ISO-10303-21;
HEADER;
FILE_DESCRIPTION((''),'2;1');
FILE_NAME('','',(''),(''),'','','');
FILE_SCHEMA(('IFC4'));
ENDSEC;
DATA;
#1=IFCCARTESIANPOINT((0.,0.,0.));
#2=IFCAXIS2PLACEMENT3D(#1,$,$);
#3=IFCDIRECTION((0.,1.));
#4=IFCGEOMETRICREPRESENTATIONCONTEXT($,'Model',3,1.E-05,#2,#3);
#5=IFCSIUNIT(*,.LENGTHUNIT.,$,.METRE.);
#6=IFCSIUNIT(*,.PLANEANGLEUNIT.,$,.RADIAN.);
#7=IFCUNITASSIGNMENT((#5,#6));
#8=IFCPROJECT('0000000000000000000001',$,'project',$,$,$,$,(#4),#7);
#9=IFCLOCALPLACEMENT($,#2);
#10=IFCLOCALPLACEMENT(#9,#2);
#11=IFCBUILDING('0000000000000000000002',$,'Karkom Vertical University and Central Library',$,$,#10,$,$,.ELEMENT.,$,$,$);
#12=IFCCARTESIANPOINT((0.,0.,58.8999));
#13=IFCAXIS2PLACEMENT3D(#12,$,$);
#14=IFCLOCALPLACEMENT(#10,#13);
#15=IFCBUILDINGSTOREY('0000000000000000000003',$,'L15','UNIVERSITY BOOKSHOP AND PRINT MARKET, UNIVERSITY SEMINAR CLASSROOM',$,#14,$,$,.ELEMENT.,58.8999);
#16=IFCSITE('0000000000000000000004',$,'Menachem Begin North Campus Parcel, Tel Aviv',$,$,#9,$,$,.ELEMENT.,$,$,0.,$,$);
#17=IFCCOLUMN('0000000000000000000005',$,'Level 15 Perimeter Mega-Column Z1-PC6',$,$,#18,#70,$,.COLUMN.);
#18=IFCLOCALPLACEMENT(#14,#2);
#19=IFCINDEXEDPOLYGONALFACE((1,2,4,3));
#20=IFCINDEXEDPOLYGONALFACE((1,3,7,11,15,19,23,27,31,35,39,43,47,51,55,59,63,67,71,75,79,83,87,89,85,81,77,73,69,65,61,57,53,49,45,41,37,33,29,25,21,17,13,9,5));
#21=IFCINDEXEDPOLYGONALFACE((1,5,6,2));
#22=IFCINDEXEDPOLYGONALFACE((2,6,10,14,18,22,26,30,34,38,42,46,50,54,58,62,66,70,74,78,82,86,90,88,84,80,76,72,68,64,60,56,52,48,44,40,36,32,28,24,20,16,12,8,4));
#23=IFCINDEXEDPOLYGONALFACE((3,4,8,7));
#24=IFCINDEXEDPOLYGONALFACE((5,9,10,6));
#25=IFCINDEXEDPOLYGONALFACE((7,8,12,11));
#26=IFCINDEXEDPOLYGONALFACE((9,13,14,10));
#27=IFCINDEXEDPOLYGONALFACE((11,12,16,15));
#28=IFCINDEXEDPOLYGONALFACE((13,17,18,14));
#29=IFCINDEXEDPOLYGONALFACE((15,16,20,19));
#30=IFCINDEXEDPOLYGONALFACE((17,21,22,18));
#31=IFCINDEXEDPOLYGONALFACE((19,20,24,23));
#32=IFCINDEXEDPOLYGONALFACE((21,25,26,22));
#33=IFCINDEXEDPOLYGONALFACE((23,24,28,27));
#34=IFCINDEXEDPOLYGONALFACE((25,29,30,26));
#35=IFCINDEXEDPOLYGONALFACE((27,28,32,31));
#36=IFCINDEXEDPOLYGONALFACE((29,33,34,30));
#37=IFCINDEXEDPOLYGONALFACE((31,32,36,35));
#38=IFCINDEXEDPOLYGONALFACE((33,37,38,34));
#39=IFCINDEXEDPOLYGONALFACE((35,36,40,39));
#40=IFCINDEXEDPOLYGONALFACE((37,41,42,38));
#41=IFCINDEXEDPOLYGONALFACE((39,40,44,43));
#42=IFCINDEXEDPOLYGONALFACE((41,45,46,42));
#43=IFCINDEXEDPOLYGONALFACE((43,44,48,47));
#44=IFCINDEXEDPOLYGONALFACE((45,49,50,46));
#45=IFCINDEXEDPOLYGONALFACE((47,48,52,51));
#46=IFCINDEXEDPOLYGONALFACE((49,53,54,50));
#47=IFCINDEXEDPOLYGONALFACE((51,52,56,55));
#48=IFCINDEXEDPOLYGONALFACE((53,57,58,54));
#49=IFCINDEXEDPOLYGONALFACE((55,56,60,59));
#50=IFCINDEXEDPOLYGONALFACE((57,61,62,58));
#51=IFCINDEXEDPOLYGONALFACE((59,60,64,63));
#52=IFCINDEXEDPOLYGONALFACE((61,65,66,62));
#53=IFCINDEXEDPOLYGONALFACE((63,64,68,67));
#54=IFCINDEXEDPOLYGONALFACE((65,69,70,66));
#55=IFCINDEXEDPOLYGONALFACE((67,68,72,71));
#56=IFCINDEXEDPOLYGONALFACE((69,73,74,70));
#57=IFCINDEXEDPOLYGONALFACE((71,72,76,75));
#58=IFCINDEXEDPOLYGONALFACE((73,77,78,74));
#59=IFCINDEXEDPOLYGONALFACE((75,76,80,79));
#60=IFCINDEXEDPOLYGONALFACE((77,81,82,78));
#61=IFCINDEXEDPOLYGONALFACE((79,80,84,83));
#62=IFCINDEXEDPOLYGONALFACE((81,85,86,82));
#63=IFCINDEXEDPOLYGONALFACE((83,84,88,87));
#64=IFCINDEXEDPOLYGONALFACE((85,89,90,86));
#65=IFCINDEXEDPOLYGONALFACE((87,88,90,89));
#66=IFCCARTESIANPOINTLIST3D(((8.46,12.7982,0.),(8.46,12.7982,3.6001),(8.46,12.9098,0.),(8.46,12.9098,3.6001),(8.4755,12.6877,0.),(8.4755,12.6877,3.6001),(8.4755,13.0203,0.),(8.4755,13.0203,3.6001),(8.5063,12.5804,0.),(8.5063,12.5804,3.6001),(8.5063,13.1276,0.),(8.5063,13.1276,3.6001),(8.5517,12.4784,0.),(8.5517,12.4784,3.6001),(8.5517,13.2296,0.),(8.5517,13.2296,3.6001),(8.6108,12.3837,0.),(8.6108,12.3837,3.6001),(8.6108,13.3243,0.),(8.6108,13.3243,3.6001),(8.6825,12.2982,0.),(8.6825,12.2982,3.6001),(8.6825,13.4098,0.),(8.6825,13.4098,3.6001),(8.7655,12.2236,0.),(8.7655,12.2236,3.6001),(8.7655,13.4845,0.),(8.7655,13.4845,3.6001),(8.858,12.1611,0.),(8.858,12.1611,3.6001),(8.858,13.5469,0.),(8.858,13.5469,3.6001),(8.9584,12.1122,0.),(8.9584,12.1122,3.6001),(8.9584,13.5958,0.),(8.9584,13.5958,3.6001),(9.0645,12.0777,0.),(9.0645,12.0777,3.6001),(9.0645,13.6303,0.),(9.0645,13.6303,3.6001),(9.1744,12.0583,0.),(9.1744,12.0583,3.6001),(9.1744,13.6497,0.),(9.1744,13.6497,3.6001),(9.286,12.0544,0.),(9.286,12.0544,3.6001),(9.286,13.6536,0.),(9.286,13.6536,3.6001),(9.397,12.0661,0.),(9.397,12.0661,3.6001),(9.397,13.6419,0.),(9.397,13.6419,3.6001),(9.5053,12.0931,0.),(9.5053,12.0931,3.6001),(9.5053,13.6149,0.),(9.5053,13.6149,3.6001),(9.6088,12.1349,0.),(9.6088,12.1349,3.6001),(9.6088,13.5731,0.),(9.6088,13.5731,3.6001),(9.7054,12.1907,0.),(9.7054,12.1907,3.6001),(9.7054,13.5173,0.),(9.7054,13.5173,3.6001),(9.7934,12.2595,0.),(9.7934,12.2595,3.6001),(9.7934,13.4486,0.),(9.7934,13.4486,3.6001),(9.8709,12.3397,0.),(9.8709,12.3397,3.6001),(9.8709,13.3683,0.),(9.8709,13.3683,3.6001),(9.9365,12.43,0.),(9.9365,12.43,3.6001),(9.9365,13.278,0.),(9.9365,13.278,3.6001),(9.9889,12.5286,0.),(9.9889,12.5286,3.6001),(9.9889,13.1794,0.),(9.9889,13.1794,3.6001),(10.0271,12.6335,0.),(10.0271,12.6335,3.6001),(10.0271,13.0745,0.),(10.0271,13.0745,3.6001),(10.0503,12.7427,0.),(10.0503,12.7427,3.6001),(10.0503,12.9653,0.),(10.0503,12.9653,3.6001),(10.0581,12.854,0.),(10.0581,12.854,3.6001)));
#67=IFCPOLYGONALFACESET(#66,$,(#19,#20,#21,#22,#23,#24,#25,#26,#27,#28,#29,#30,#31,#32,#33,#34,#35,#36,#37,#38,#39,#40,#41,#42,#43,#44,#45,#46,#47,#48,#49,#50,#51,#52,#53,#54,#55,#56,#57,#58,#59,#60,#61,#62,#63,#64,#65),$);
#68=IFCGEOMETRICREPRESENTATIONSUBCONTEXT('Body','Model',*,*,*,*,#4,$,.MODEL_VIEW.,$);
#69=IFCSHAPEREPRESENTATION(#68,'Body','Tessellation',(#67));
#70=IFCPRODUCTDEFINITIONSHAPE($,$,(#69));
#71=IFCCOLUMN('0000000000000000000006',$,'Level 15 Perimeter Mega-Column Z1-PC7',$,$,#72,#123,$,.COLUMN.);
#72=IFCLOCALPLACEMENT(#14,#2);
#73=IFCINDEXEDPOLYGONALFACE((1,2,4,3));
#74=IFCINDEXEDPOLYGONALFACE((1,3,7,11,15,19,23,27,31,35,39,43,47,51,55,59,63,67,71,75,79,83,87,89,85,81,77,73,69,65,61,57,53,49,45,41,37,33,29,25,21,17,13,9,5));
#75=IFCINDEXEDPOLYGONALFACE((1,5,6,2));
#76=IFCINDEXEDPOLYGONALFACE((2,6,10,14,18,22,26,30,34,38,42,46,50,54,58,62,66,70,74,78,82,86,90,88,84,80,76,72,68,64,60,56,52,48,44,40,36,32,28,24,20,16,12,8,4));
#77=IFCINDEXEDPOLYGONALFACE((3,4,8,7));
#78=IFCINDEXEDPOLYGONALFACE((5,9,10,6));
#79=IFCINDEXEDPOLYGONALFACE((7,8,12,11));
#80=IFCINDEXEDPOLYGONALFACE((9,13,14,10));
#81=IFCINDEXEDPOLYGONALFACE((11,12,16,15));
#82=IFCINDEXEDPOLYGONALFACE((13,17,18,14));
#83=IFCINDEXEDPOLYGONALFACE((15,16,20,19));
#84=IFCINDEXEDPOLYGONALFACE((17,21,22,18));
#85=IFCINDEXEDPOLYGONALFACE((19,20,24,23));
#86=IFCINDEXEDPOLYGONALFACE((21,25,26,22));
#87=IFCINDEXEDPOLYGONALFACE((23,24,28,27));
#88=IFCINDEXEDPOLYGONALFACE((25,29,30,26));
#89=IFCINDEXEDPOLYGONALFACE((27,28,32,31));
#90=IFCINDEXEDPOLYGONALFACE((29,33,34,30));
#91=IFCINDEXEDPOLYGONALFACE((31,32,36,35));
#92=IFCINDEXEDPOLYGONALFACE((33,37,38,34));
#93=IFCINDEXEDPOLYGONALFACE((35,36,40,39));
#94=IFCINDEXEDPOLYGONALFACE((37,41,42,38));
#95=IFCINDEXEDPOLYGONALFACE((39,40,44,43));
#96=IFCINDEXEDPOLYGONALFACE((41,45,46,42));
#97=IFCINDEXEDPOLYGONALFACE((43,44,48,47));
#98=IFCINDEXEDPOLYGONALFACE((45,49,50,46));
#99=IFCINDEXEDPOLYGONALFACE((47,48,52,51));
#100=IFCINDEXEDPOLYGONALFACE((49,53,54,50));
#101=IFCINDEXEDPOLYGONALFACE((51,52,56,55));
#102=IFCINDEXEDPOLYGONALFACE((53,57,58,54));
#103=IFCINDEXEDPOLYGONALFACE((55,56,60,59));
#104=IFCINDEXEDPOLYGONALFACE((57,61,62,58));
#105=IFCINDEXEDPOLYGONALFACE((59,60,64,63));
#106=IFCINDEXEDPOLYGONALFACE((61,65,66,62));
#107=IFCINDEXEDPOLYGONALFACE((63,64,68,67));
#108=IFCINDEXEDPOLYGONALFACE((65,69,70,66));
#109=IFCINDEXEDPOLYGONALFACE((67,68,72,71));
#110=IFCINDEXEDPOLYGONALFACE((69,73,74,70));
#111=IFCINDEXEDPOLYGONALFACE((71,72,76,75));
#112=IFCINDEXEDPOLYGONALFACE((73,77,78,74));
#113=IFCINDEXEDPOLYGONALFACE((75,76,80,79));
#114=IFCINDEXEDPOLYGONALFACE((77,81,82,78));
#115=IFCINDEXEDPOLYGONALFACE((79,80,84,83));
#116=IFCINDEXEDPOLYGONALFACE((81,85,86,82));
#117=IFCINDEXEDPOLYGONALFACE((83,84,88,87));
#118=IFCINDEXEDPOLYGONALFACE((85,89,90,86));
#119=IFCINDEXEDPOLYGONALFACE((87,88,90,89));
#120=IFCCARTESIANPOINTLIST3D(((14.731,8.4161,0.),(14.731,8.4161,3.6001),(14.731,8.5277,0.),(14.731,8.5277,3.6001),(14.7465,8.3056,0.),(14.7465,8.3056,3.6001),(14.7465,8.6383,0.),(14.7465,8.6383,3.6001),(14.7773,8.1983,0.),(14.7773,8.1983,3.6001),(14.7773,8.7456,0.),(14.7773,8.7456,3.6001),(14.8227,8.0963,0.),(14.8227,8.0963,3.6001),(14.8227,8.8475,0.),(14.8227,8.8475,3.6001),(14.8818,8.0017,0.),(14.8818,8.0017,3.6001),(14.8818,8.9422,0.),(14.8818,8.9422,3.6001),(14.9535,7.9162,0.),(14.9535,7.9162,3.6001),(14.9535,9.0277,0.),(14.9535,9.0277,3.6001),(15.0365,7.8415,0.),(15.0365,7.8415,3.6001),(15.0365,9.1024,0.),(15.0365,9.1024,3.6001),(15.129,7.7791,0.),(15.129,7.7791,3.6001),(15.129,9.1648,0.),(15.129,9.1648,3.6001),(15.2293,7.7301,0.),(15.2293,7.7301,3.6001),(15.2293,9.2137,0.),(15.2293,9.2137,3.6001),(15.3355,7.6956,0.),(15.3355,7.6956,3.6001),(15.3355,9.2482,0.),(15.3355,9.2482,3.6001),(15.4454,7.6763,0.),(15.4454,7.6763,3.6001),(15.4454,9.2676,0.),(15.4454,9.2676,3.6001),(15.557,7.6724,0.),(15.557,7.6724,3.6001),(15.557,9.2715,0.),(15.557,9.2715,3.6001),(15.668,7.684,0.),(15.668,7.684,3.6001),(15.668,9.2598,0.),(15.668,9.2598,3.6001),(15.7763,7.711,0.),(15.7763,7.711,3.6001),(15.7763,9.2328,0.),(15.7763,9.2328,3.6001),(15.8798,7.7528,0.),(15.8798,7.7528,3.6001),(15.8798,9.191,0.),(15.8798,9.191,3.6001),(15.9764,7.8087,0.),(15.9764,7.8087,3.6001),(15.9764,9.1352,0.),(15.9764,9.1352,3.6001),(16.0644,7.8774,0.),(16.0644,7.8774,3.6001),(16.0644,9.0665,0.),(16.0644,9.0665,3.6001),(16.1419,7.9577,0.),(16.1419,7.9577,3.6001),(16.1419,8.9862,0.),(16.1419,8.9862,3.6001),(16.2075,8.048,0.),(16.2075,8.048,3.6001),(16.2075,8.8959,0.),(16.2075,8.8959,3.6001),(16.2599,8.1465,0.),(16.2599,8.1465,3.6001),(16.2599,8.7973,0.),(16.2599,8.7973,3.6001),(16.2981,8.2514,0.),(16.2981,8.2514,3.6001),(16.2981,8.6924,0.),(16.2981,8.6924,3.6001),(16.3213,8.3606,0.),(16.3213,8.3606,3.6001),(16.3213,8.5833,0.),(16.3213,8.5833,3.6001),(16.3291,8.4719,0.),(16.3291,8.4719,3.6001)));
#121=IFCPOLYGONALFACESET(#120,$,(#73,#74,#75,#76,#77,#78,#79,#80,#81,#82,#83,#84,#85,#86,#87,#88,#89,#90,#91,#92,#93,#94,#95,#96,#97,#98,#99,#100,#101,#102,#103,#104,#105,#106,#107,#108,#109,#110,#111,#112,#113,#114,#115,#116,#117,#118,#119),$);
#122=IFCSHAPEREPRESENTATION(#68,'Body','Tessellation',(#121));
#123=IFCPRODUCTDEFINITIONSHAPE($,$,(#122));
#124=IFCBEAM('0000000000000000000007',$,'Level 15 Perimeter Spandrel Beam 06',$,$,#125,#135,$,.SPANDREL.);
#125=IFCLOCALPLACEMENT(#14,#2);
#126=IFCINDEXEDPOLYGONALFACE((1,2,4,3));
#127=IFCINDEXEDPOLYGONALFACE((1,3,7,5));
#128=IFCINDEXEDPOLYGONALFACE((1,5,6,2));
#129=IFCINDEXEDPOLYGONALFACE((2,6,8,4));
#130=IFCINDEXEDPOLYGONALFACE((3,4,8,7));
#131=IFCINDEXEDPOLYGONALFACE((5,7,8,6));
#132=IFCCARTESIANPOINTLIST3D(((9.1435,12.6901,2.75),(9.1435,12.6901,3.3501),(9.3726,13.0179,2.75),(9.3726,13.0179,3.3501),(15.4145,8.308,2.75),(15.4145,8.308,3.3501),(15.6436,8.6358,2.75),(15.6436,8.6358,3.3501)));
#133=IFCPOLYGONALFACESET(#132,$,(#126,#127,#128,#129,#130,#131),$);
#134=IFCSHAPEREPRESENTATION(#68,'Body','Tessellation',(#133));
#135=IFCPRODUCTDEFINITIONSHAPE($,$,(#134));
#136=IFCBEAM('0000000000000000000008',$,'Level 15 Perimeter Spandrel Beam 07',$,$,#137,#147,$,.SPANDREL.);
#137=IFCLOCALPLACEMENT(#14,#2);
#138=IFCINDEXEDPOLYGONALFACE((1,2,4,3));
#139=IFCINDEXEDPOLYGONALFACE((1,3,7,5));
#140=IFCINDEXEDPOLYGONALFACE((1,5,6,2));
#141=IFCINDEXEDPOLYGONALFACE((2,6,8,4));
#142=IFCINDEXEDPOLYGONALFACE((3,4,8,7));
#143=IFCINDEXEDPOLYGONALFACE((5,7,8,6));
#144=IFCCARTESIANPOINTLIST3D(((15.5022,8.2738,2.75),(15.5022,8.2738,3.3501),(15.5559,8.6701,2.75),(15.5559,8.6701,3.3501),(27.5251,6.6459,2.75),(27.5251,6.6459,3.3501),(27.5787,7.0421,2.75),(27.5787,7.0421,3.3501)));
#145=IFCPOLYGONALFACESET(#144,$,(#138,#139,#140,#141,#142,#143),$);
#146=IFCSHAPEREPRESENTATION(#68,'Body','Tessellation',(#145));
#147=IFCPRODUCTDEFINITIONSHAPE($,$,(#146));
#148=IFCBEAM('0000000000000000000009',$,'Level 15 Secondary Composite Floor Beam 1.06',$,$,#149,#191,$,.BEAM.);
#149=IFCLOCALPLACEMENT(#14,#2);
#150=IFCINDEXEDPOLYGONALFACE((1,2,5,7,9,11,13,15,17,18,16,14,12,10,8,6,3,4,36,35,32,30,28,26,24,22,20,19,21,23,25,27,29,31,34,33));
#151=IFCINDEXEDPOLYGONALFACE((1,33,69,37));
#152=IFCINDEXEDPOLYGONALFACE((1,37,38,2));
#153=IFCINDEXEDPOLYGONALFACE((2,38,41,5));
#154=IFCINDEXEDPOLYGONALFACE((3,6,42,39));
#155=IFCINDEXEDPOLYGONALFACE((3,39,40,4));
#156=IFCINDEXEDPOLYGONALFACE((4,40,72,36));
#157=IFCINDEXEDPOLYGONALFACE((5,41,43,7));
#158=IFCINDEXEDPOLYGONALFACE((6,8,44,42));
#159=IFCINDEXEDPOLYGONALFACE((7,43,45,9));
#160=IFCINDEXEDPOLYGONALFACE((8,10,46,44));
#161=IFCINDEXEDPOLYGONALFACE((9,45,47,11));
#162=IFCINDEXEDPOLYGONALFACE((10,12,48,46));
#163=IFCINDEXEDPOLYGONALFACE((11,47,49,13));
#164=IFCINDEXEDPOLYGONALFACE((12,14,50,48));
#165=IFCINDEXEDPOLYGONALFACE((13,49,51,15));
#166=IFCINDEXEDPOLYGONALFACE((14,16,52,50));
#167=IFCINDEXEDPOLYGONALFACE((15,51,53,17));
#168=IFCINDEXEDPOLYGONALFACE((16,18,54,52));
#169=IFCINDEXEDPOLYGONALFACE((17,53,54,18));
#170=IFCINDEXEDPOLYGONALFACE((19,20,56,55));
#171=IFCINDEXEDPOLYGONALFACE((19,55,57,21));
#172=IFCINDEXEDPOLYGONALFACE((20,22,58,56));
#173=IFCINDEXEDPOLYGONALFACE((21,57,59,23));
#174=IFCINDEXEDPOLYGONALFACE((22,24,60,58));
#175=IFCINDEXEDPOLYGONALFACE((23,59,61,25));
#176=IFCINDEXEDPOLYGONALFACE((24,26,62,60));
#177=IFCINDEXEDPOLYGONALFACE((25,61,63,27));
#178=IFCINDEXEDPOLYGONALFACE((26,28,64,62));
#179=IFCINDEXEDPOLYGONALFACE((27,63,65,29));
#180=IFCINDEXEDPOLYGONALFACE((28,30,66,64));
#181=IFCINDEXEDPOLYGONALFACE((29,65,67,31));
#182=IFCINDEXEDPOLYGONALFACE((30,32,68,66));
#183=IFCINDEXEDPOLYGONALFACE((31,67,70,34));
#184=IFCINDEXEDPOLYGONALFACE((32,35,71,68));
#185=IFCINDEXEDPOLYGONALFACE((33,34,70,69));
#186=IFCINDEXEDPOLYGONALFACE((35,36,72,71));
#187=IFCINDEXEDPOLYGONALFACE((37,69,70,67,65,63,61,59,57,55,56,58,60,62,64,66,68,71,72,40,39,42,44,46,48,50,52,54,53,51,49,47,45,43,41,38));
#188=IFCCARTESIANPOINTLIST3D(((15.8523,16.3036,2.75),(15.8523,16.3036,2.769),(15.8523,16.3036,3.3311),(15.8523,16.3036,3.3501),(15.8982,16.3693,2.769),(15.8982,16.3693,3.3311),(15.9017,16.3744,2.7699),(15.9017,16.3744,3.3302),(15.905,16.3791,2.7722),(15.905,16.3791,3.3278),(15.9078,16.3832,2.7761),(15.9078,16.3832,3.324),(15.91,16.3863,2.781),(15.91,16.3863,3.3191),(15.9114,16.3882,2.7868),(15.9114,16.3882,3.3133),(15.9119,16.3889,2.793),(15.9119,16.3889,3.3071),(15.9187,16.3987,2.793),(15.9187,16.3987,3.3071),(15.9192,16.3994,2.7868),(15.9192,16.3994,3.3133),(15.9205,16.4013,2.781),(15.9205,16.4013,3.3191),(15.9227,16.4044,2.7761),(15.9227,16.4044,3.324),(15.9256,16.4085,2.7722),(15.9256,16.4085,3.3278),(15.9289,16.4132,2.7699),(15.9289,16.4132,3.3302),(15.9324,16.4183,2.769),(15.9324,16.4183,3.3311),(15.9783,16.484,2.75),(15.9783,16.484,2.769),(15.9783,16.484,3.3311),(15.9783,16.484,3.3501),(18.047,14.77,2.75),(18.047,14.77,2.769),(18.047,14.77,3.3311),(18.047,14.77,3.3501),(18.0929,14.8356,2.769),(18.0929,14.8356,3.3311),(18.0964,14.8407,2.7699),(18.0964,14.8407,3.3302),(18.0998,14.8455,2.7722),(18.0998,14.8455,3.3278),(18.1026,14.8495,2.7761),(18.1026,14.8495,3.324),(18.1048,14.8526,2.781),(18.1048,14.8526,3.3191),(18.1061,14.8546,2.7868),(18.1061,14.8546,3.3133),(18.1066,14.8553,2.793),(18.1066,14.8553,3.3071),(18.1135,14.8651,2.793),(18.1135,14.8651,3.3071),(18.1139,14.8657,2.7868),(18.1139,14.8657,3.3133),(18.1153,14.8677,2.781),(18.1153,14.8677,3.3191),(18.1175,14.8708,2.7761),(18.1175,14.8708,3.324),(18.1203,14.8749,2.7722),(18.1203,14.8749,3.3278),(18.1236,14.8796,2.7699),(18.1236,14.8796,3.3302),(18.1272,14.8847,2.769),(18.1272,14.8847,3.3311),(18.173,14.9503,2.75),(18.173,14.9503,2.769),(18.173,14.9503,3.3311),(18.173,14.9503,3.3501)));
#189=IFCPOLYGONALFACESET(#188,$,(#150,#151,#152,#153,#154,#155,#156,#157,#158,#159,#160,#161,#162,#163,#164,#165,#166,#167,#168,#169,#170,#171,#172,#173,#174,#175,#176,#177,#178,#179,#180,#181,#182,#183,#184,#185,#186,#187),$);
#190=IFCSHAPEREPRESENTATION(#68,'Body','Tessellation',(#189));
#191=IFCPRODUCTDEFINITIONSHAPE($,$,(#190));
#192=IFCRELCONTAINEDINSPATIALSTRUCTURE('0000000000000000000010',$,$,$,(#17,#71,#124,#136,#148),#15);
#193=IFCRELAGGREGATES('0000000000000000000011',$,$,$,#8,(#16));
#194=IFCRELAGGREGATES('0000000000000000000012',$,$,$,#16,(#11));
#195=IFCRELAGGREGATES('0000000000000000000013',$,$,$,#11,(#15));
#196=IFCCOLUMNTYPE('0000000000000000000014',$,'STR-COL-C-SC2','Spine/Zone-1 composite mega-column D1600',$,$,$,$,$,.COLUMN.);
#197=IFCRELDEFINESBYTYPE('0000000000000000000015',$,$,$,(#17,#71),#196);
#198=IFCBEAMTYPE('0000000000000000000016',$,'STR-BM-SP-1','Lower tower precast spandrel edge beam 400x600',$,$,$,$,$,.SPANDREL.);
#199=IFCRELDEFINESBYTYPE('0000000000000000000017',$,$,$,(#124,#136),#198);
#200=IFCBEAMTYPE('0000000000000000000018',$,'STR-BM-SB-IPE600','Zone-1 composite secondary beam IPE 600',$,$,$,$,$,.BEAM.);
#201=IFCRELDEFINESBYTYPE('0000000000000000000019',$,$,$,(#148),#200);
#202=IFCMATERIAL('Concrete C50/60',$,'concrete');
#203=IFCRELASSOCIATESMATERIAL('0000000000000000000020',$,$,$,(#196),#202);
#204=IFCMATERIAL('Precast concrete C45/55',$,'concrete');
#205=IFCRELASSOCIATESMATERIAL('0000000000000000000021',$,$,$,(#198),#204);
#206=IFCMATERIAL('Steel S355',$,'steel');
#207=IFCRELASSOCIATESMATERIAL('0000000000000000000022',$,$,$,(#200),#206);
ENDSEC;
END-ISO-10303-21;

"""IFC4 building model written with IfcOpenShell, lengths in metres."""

from ifc_helpers import new_model, si_unit, direction, frame, origin, origin_with_axes, origin_2d, place, context, subcontext, project, spatial, rectangle, circle, i_section, extrude, source, transform, mapped, material, material_profile, profile_set, type_object, element, save


model = new_model("IFC4")

# Units and contexts
model_context = context("Model", 3, precision=1e-05, world=origin(), true_north=direction((0.0, 1.0)))
body_context = subcontext(model_context, "Body", "Model", "MODEL_VIEW")
ifc_project = project(units=[si_unit("LENGTHUNIT", "METRE"), si_unit("PLANEANGLEUNIT", "RADIAN")], contexts=[model_context])

# Site, building, storey
site_placement = place(None, origin())
site = spatial("IfcSite", under=ifc_project, at=site_placement, Name="Menachem Begin North Campus Parcel, Tel Aviv", CompositionType="ELEMENT", RefElevation=0.0)
building_placement = place(site_placement, origin())
building = spatial("IfcBuilding", under=site, at=building_placement, Name="Karkom Vertical University and Central Library", CompositionType="ELEMENT")
storey_placement = place(building_placement, frame((0.0, 0.0, 58.8999)))
storey = spatial("IfcBuildingStorey", under=building, at=storey_placement, Name="L15", Description="UNIVERSITY BOOKSHOP AND PRINT MARKET, UNIVERSITY SEMINAR CLASSROOM", CompositionType="ELEMENT", Elevation=58.8999)

# Columns
ifc_material_1 = material(Name="Concrete C50/60", Category="concrete")
ifc_material_profile_1 = material_profile(ifc_material_1, circle(Radius=0.8, at=origin_2d()), Name="CFT-D1600")
ifc_profile_set_1 = profile_set([ifc_material_profile_1], Name="Concrete C50/60")
column_type = type_object("IfcColumnType", Name="STR-COL-C-SC2", Description="Spine/Zone-1 composite mega-column D1600", PredefinedType="COLUMN", material=ifc_profile_set_1)
shared_shape_1 = source(origin_with_axes(), body_context, "Body", "SweptSolid", [
    extrude(circle(Radius=0.8, at=origin_2d()), origin(), (0.0, 0.0, 1.0), 3.6001),
])
for number, where, z_axis, x_axis, name in (
    (1, (9.2581, 12.854, 0.0), (0.0, 0.0, 1.0), (1.0, 0.0, 0.0), "Level 15 Perimeter Mega-Column Z1-PC6"),
    (2, (15.5291, 8.4719, 0.0), (0.0, 0.0, 1.0), (1.0, 0.0, 0.0), "Level 15 Perimeter Mega-Column Z1-PC7"),
):
    element("IfcColumn", number, at=place(storey_placement, frame(where, z_axis=z_axis, x_axis=x_axis)), inside=storey, type_object=column_type, Name=name, PredefinedType="COLUMN", context=body_context, shape_type="MappedRepresentation", body=[
        mapped(shared_shape_1, transform((0.0, 0.0, 0.0), scale=1.0)),
    ])

# Beams
ifc_material_2 = material(Name="Precast concrete C45/55", Category="concrete")
ifc_material_profile_2 = material_profile(ifc_material_2, rectangle(XDim=0.3999, YDim=0.6001, at=origin_2d()), Name="SPB-400x600")
ifc_profile_set_2 = profile_set([ifc_material_profile_2], Name="Precast concrete C45/55")
beam_type_1 = type_object("IfcBeamType", Name="STR-BM-SP-1", Description="Lower tower precast spandrel edge beam 400x600", PredefinedType="SPANDREL", material=ifc_profile_set_2)
shared_shape_2 = source(origin_with_axes(), body_context, "Body", "SweptSolid", [
    extrude(rectangle(XDim=0.3999, YDim=0.6001, at=origin_2d()), origin(), (0.0, 0.0, 1.0), 7.6504),
])
beam_1_placement = place(storey_placement, frame((9.2581, 12.854, 3.05), z_axis=(0.819699, -0.572794, 0.0), x_axis=(0.572794, 0.819699, 0.0)))
element("IfcBeam", 3, at=beam_1_placement, inside=storey, type_object=beam_type_1, Name="Level 15 Perimeter Spandrel Beam 06", PredefinedType="SPANDREL", context=body_context, shape_type="MappedRepresentation", body=[
    mapped(shared_shape_2, transform((0.0, 0.0, 0.0), scale=1.0)),
])
shared_shape_3 = source(origin_with_axes(), body_context, "Body", "SweptSolid", [
    extrude(rectangle(XDim=0.3999, YDim=0.6001, at=origin_2d()), origin(), (0.0, 0.0, 1.0), 12.1326),
])
beam_2_placement = place(storey_placement, frame((15.5291, 8.4719, 3.05), z_axis=(0.990957, -0.134177, 0.0), x_axis=(0.134177, 0.990957, 0.0)))
element("IfcBeam", 4, at=beam_2_placement, inside=storey, type_object=beam_type_1, Name="Level 15 Perimeter Spandrel Beam 07", PredefinedType="SPANDREL", context=body_context, shape_type="MappedRepresentation", body=[
    mapped(shared_shape_3, transform((0.0, 0.0, 0.0), scale=1.0)),
])
ifc_material_3 = material(Name="Steel S355", Category="steel")
ifc_material_profile_3 = material_profile(ifc_material_3, i_section(OverallWidth=0.22, OverallDepth=0.6001, WebThickness=0.012, FlangeThickness=0.019, FilletRadius=0.0239, at=origin_2d()), Name="IPE 600")
ifc_profile_set_3 = profile_set([ifc_material_profile_3], Name="Steel S355")
beam_type_2 = type_object("IfcBeamType", Name="STR-BM-SB-IPE600", Description="Zone-1 composite secondary beam IPE 600", PredefinedType="BEAM", material=ifc_profile_set_3)
shared_shape_4 = source(origin_with_axes(), body_context, "Body", "SweptSolid", [
    extrude(i_section(OverallWidth=0.22, OverallDepth=0.6001, WebThickness=0.012, FlangeThickness=0.019, FilletRadius=0.0239, at=origin_2d()), origin(), (0.0, 0.0, 1.0), 2.6775),
])
beam_3_placement = place(storey_placement, frame((15.9153, 16.3938, 3.05), z_axis=(0.819703, -0.572789, 0.0), x_axis=(0.572789, 0.819703, 0.0)))
element("IfcBeam", 5, at=beam_3_placement, inside=storey, type_object=beam_type_2, Name="Level 15 Secondary Composite Floor Beam 1.06", PredefinedType="BEAM", context=body_context, shape_type="MappedRepresentation", body=[
    mapped(shared_shape_4, transform((0.0, 0.0, 0.0), scale=1.0)),
])

save(model, "model.ifc")
